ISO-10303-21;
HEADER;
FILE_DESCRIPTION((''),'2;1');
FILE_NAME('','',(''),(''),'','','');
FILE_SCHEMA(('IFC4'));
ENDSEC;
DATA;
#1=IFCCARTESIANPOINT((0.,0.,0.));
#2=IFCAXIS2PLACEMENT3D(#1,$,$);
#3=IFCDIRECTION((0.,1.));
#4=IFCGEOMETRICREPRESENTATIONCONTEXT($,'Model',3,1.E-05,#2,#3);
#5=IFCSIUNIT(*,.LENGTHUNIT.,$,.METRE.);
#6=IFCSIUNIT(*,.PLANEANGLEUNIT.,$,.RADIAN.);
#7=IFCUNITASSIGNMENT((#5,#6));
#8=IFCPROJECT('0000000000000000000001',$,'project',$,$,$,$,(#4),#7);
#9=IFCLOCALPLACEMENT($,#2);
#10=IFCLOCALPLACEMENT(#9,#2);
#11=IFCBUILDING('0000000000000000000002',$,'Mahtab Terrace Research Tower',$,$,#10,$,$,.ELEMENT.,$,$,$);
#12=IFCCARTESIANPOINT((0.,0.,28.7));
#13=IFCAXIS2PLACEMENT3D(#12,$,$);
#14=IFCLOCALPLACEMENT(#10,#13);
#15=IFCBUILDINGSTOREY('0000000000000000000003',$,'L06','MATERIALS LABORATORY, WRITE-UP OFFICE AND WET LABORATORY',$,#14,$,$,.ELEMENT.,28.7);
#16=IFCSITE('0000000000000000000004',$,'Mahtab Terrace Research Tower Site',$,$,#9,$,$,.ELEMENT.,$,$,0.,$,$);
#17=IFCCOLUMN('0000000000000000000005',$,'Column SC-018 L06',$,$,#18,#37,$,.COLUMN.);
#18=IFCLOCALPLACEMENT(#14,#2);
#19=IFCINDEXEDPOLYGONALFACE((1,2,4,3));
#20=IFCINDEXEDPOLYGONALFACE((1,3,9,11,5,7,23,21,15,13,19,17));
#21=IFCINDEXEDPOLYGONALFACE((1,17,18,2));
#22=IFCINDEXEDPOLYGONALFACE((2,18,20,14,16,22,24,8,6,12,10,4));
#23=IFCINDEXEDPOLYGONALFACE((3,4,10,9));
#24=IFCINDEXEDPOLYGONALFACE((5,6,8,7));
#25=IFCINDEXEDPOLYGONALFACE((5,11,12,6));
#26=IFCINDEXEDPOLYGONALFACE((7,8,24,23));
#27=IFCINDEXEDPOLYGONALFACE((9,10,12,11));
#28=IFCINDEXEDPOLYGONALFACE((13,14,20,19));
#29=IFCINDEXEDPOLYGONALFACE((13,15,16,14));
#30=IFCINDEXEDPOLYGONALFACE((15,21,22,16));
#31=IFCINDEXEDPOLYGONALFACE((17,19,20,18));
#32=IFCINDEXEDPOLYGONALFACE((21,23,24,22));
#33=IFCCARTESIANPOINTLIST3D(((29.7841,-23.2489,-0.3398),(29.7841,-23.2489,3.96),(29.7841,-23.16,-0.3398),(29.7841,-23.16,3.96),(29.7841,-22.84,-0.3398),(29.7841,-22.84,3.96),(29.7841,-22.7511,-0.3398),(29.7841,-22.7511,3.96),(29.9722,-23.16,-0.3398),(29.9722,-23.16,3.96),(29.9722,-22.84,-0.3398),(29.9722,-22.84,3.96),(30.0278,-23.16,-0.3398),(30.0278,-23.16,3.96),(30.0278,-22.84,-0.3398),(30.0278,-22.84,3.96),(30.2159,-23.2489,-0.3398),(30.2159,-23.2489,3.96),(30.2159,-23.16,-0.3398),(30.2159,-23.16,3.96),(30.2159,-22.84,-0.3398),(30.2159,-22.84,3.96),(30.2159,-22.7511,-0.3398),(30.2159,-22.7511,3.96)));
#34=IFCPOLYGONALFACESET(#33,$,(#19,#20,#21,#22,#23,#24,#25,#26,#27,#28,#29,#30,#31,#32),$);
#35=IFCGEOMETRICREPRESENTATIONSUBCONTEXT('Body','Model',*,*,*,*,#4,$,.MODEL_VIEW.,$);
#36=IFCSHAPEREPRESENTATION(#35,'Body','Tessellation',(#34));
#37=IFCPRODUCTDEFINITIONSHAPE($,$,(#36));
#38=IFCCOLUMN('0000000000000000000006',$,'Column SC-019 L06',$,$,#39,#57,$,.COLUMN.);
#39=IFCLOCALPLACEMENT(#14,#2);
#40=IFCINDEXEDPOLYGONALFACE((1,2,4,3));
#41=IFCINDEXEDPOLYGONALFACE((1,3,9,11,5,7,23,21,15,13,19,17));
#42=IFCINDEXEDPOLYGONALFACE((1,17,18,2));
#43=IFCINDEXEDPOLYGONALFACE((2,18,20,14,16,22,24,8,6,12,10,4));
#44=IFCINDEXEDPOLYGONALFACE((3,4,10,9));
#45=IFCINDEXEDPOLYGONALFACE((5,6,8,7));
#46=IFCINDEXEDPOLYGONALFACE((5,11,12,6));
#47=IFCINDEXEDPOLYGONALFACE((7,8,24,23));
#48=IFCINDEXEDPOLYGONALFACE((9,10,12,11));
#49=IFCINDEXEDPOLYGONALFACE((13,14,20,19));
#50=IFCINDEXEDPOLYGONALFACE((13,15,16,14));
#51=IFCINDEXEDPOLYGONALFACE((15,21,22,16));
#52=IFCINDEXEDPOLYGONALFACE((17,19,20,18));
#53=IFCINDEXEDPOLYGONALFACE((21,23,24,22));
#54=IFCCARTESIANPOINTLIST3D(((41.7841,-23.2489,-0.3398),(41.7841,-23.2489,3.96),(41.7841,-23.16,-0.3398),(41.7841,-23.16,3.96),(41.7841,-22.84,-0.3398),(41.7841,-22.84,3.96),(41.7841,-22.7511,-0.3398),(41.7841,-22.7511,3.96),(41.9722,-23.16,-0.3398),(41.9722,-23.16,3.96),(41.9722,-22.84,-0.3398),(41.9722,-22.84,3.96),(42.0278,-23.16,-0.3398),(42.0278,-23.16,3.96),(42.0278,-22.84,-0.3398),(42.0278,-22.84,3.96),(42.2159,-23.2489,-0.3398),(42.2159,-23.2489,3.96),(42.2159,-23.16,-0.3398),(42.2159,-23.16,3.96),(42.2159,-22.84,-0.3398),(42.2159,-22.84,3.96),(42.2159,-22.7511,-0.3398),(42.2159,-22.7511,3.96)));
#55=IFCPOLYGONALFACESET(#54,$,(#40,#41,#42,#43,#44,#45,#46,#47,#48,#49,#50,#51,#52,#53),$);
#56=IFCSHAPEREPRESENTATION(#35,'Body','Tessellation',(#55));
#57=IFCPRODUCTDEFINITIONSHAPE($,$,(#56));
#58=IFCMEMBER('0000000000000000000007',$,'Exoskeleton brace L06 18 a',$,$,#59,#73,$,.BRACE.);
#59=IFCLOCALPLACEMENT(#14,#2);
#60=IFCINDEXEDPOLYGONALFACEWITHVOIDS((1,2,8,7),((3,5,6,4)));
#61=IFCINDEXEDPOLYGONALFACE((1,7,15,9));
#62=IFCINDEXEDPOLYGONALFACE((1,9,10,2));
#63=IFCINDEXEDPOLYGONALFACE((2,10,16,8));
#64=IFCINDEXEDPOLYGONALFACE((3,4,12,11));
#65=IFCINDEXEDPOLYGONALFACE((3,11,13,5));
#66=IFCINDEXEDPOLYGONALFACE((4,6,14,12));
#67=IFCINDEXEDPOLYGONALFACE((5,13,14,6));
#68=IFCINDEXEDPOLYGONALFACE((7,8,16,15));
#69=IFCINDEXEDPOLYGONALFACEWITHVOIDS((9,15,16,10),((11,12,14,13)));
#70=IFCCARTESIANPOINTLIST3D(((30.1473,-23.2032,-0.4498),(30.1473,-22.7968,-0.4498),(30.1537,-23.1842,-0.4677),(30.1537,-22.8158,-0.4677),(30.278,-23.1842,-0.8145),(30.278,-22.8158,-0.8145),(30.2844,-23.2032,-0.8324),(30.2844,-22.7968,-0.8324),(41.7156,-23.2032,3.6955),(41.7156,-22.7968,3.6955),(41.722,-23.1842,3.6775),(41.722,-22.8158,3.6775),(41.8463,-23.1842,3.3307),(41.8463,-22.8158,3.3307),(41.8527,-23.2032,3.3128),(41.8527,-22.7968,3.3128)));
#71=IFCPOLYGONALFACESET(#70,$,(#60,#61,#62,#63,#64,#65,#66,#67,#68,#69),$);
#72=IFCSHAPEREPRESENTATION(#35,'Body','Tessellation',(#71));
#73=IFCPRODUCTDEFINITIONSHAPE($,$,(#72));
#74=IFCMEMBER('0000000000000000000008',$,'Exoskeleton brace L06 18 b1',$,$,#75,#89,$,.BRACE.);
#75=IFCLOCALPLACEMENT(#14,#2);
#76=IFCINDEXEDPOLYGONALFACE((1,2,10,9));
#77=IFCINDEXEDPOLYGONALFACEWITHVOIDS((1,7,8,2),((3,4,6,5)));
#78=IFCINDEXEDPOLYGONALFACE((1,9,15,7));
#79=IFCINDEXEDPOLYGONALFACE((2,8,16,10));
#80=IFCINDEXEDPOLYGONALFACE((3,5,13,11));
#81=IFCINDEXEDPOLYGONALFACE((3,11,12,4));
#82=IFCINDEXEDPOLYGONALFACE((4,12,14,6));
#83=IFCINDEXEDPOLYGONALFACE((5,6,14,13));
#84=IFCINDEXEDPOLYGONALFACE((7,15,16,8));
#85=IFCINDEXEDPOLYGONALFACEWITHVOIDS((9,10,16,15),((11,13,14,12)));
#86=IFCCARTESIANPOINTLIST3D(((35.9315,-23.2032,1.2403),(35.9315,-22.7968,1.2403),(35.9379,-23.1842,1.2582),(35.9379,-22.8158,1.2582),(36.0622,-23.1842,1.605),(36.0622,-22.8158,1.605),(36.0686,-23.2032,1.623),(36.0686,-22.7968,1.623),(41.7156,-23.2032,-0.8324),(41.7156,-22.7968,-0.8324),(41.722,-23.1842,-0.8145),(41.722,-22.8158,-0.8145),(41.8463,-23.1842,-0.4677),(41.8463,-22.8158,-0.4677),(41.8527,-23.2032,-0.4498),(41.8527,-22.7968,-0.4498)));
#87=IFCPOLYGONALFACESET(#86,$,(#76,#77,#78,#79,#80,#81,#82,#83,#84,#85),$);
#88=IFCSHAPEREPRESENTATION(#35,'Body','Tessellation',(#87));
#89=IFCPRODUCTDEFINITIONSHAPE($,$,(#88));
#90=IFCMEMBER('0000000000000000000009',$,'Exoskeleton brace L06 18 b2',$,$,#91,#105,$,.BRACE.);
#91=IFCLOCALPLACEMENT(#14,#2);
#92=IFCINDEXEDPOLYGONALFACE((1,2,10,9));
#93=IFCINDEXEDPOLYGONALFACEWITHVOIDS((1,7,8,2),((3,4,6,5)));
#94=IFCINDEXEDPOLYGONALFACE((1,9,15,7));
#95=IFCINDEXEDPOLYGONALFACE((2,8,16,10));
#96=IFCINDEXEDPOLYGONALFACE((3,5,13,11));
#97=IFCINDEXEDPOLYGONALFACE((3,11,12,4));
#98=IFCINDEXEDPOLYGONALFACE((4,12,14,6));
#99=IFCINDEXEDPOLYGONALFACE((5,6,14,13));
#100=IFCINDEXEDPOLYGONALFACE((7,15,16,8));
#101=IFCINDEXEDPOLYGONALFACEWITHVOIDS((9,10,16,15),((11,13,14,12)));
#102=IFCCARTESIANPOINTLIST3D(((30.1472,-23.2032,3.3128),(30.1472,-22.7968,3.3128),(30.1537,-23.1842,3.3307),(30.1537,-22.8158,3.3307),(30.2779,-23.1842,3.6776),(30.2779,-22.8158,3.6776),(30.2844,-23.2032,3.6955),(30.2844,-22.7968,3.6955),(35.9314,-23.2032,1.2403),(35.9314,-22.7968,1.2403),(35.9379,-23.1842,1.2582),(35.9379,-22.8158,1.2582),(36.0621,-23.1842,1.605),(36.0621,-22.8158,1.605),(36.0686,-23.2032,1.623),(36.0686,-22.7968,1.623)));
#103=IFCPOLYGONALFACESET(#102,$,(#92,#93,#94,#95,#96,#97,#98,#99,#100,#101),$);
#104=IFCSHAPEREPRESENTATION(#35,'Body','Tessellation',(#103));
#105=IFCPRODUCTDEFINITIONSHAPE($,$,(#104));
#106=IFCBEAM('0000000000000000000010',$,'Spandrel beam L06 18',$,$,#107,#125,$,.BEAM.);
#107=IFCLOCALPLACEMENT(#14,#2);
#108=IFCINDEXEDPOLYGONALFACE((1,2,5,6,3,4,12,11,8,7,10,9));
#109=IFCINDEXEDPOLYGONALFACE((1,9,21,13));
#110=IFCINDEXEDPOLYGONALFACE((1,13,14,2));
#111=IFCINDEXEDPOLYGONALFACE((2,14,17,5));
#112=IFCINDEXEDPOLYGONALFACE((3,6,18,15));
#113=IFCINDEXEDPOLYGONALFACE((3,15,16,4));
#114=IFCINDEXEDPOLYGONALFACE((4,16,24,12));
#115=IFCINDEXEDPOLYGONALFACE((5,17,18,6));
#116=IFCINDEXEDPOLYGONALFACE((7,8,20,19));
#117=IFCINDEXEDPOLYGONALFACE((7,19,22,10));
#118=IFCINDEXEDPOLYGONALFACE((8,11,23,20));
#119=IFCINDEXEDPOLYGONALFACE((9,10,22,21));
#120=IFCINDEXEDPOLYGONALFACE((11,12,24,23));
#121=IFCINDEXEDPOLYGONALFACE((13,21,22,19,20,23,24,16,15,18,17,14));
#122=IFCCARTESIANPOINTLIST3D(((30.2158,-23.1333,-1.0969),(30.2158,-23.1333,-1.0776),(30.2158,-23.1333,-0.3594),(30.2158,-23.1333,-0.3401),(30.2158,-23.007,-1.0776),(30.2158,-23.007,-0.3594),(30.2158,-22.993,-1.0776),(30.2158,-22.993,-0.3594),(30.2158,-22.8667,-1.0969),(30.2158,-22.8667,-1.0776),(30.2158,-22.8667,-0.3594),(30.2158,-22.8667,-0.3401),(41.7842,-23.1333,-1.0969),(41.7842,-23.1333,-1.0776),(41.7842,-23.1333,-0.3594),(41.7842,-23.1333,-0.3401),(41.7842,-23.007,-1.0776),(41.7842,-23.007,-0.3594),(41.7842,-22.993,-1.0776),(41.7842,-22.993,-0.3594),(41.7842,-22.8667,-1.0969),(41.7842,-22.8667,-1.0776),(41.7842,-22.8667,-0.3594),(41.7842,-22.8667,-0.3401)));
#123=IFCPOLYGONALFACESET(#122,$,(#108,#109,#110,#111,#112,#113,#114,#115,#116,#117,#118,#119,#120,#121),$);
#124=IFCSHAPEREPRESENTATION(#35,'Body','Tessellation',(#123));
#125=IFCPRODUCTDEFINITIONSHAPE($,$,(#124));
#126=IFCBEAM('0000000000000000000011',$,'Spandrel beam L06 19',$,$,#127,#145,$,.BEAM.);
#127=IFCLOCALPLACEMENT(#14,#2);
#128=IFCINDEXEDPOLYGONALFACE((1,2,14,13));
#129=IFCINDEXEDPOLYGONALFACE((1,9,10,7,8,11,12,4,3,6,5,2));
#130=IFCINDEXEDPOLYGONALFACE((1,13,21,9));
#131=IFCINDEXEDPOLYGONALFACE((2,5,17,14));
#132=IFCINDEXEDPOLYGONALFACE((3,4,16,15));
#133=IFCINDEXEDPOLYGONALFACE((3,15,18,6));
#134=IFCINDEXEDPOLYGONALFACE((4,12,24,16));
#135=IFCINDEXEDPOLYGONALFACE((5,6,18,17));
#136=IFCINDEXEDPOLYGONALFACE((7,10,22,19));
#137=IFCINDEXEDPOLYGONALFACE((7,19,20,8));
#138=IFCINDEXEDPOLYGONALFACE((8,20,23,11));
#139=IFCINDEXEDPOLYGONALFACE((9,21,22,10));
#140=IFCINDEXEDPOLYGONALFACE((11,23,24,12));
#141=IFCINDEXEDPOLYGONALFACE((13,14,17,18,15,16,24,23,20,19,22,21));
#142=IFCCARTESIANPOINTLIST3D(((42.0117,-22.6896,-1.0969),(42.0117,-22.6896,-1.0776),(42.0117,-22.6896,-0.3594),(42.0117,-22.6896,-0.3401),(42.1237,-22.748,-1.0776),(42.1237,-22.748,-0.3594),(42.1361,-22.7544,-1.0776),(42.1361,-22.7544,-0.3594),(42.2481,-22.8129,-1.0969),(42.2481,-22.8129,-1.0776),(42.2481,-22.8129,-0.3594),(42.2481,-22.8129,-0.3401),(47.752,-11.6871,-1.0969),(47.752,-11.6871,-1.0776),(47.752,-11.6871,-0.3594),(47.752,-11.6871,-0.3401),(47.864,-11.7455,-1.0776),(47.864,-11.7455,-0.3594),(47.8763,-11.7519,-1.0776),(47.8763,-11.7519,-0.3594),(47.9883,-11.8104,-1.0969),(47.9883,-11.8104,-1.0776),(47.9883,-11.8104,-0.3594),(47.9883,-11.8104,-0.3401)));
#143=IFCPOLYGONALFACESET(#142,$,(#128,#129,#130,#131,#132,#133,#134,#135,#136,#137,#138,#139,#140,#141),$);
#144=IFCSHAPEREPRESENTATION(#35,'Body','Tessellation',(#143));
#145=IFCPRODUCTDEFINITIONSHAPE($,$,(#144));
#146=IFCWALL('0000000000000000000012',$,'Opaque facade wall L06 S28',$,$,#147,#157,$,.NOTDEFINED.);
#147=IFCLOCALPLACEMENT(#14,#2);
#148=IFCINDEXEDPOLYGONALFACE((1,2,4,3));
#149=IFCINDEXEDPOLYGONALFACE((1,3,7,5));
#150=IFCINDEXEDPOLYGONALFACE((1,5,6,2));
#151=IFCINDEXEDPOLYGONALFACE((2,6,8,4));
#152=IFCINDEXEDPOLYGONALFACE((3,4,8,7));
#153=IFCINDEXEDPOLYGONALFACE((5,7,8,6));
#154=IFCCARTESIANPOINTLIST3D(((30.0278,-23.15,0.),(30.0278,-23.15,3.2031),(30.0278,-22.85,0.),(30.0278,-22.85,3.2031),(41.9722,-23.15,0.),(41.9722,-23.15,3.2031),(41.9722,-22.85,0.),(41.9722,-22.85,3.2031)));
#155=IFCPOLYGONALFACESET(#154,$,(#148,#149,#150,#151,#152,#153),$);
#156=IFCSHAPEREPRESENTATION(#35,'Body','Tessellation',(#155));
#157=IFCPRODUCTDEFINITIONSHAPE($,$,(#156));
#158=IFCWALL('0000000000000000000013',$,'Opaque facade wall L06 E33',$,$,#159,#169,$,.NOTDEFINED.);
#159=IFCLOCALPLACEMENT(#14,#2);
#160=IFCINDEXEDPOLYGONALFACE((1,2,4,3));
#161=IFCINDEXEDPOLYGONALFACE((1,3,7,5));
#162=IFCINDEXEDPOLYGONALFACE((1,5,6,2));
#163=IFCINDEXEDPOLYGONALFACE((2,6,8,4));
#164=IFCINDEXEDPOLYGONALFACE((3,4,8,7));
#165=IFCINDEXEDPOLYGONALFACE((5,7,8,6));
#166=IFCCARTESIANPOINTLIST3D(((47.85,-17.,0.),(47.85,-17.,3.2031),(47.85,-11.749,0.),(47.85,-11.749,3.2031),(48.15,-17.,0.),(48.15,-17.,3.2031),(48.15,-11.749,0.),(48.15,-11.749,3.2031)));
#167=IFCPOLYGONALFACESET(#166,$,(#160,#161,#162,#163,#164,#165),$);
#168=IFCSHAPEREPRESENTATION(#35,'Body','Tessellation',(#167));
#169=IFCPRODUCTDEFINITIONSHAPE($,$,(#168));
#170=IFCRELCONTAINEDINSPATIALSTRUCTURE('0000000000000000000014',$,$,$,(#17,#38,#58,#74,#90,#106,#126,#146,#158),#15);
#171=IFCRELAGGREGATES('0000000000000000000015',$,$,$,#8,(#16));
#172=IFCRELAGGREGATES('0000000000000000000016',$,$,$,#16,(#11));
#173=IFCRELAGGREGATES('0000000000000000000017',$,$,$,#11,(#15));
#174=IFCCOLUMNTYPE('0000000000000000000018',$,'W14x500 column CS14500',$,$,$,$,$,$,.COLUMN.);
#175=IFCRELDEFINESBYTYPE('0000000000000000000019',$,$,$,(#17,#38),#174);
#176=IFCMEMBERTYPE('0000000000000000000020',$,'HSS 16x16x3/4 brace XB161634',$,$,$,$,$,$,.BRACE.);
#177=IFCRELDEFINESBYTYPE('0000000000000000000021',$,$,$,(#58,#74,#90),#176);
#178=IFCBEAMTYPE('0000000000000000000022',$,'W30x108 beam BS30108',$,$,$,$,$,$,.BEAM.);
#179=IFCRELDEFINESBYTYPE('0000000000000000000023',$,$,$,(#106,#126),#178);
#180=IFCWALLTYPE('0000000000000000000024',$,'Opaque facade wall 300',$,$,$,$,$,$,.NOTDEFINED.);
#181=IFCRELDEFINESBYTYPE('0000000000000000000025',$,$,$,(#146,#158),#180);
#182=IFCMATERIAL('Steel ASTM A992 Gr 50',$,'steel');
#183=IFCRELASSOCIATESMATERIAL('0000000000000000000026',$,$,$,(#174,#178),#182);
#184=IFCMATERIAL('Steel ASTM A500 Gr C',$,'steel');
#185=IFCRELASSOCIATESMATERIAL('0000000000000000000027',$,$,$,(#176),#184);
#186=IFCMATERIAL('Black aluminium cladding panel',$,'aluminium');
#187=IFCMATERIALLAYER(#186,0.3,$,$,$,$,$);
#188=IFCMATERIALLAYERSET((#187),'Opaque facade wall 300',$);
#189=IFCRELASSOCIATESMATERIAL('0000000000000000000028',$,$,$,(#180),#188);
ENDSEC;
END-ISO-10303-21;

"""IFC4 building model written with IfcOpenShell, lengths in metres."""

from ifc_helpers import new_model, si_unit, direction, frame, frame_2d, origin, origin_2d, place, context, subcontext, project, spatial, rectangle, hollow_rectangle, i_section, extrude, material, layer, layer_set, material_profile, profile_set, type_object, element, save


model = new_model("IFC4")

# Units and contexts
model_context = context("Model", 3, precision=1e-05, world=origin(), true_north=direction((0.0, 1.0)))
body_context = subcontext(model_context, "Body", "Model", "MODEL_VIEW")
ifc_project = project(units=[si_unit("LENGTHUNIT", "METRE"), si_unit("PLANEANGLEUNIT", "RADIAN")], contexts=[model_context])

# Site, building, storey
site_placement = place(None, origin())
site = spatial("IfcSite", under=ifc_project, at=site_placement, Name="Mahtab Terrace Research Tower Site", CompositionType="ELEMENT", RefElevation=0.0)
building_placement = place(site_placement, origin())
building = spatial("IfcBuilding", under=site, at=building_placement, Name="Mahtab Terrace Research Tower", CompositionType="ELEMENT")
storey_placement = place(building_placement, frame((0.0, 0.0, 28.7)))
storey = spatial("IfcBuildingStorey", under=building, at=storey_placement, Name="L06", Description="MATERIALS LABORATORY, WRITE-UP OFFICE AND WET LABORATORY", CompositionType="ELEMENT", Elevation=28.7)

# Columns
ifc_material_1 = material(Name="Steel ASTM A992 Gr 50", Category="steel")
ifc_material_profile_1 = material_profile(ifc_material_1, i_section(OverallWidth=0.4319, OverallDepth=0.4978, WebThickness=0.0557, FlangeThickness=0.0889, at=origin_2d()), Name="W14X500")
ifc_profile_set_1 = profile_set([ifc_material_profile_1], Name="Steel ASTM A992 Gr 50")
column_type = type_object("IfcColumnType", Name="W14x500 column CS14500", PredefinedType="COLUMN", material=ifc_profile_set_1)
for number, where, z_axis, x_axis, name in (
    (1, (30.0, -23.0, -0.3398), (0.0, 0.0, 1.0), (1.0, 0.0, 0.0), "Column SC-018 L06"),
    (2, (42.0, -23.0, -0.3398), (0.0, 0.0, 1.0), (1.0, 0.0, 0.0), "Column SC-019 L06"),
):
    element("IfcColumn", number, at=place(storey_placement, frame(where, z_axis=z_axis, x_axis=x_axis)), inside=storey, type_object=column_type, Name=name, PredefinedType="COLUMN", context=body_context, shape_type="SweptSolid", body=[
        extrude(i_section(OverallWidth=0.4319, OverallDepth=0.4978, WebThickness=0.0557, FlangeThickness=0.0889, at=origin_2d()), origin(), (0.0, 0.0, 1.0), 4.2998),
    ])

# Members
ifc_material_2 = material(Name="Steel ASTM A500 Gr C", Category="steel")
ifc_material_profile_2 = material_profile(ifc_material_2, hollow_rectangle(XDim=0.4065, YDim=0.4065, WallThickness=0.019, at=origin_2d()), Name="HSS16X16X3/4")
ifc_profile_set_2 = profile_set([ifc_material_profile_2], Name="Steel ASTM A500 Gr C")
member_type = type_object("IfcMemberType", Name="HSS 16x16x3/4 brace XB161634", PredefinedType="BRACE", material=ifc_profile_set_2)
member_placement = place(storey_placement, frame((30.2158, -23.0, -0.6411), z_axis=(0.941388, 0.0, 0.337325), x_axis=(0.0, 1.0, 0.0)))
element("IfcMember", 3, at=member_placement, inside=storey, type_object=member_type, Name="Exoskeleton brace L06 18 a", PredefinedType="BRACE", context=body_context, shape_type="SweptSolid", body=[
    extrude(hollow_rectangle(XDim=0.4065, YDim=0.4065, WallThickness=0.019, at=origin_2d()), origin(), (0.0, 0.0, 1.0), 12.2886),
])
for number, where, z_axis, x_axis, name in (
    (4, (41.7842, -23.0, -0.6411), (-0.941382, 0.0, 0.337343), (0.0, -1.0, 0.0), "Exoskeleton brace L06 18 b1"),
    (5, (36.0, -23.0, 1.4316), (-0.941394, 0.0, 0.337308), (0.0, -1.0, 0.0), "Exoskeleton brace L06 18 b2"),
):
    element("IfcMember", number, at=place(storey_placement, frame(where, z_axis=z_axis, x_axis=x_axis)), inside=storey, type_object=member_type, Name=name, PredefinedType="BRACE", context=body_context, shape_type="SweptSolid", body=[
        extrude(hollow_rectangle(XDim=0.4065, YDim=0.4065, WallThickness=0.019, at=origin_2d()), origin(), (0.0, 0.0, 1.0), 6.1443),
    ])

# Beams
ifc_material_profile_3 = material_profile(ifc_material_1, i_section(OverallWidth=0.2666, OverallDepth=0.7568, WebThickness=0.0139, FlangeThickness=0.0193, at=origin_2d()), Name="W30X108")
ifc_profile_set_3 = profile_set([ifc_material_profile_3], Name="Steel ASTM A992 Gr 50")
beam_type = type_object("IfcBeamType", Name="W30x108 beam BS30108", PredefinedType="BEAM", material=ifc_profile_set_3)
beam_1_placement = place(storey_placement, frame((30.2158, -23.0, -0.7185), z_axis=(1.0, 0.0, 0.0), x_axis=(0.0, 1.0, 0.0)))
element("IfcBeam", 6, at=beam_1_placement, inside=storey, type_object=beam_type, Name="Spandrel beam L06 18", PredefinedType="BEAM", context=body_context, shape_type="SweptSolid", body=[
    extrude(i_section(OverallWidth=0.2666, OverallDepth=0.7568, WebThickness=0.0139, FlangeThickness=0.0193, at=origin_2d()), origin(), (0.0, 0.0, 1.0), 11.5684),
])
beam_2_placement = place(storey_placement, frame((42.1299, -22.7512, -0.7185), z_axis=(0.462555, 0.88659, 0.0), x_axis=(-0.88659, 0.462555, 0.0)))
element("IfcBeam", 7, at=beam_2_placement, inside=storey, type_object=beam_type, Name="Spandrel beam L06 19", PredefinedType="BEAM", context=body_context, shape_type="SweptSolid", body=[
    extrude(i_section(OverallWidth=0.2666, OverallDepth=0.7568, WebThickness=0.0139, FlangeThickness=0.0193, at=origin_2d()), origin(), (0.0, 0.0, 1.0), 12.4099),
])

# Walls
ifc_material_3 = material(Name="Black aluminium cladding panel", Category="aluminium")
ifc_layer_1 = layer(ifc_material_3, 0.3)
ifc_layer_set_1 = layer_set([ifc_layer_1], Name="Opaque facade wall 300")
wall_type_1 = type_object("IfcWallType", Name="Opaque facade wall 300", PredefinedType="NOTDEFINED", material=ifc_layer_set_1)
wall_1_placement = place(storey_placement, frame((30.0278, -23.0, 0.0), z_axis=(0.0, 0.0, 1.0), x_axis=(1.0, 0.0, 0.0)))
element("IfcWall", 8, at=wall_1_placement, inside=storey, type_object=wall_type_1, Name="Opaque facade wall L06 S28", PredefinedType="NOTDEFINED", context=body_context, shape_type="SweptSolid", body=[
    extrude(rectangle(XDim=11.9443, YDim=0.3, at=frame_2d((5.9722, 0.0))), origin(), (0.0, 0.0, 1.0), 3.2031),
])
wall_2_placement = place(storey_placement, frame((48.0, -17.0, 0.0), z_axis=(0.0, 0.0, 1.0), x_axis=(0.0, 1.0, 0.0)))
element("IfcWall", 9, at=wall_2_placement, inside=storey, type_object=wall_type_1, Name="Opaque facade wall L06 E33", PredefinedType="NOTDEFINED", context=body_context, shape_type="SweptSolid", body=[
    extrude(rectangle(XDim=5.251, YDim=0.3, at=frame_2d((2.6255, 0.0))), origin(), (0.0, 0.0, 1.0), 3.2031),
])

save(model, "model.ifc")
